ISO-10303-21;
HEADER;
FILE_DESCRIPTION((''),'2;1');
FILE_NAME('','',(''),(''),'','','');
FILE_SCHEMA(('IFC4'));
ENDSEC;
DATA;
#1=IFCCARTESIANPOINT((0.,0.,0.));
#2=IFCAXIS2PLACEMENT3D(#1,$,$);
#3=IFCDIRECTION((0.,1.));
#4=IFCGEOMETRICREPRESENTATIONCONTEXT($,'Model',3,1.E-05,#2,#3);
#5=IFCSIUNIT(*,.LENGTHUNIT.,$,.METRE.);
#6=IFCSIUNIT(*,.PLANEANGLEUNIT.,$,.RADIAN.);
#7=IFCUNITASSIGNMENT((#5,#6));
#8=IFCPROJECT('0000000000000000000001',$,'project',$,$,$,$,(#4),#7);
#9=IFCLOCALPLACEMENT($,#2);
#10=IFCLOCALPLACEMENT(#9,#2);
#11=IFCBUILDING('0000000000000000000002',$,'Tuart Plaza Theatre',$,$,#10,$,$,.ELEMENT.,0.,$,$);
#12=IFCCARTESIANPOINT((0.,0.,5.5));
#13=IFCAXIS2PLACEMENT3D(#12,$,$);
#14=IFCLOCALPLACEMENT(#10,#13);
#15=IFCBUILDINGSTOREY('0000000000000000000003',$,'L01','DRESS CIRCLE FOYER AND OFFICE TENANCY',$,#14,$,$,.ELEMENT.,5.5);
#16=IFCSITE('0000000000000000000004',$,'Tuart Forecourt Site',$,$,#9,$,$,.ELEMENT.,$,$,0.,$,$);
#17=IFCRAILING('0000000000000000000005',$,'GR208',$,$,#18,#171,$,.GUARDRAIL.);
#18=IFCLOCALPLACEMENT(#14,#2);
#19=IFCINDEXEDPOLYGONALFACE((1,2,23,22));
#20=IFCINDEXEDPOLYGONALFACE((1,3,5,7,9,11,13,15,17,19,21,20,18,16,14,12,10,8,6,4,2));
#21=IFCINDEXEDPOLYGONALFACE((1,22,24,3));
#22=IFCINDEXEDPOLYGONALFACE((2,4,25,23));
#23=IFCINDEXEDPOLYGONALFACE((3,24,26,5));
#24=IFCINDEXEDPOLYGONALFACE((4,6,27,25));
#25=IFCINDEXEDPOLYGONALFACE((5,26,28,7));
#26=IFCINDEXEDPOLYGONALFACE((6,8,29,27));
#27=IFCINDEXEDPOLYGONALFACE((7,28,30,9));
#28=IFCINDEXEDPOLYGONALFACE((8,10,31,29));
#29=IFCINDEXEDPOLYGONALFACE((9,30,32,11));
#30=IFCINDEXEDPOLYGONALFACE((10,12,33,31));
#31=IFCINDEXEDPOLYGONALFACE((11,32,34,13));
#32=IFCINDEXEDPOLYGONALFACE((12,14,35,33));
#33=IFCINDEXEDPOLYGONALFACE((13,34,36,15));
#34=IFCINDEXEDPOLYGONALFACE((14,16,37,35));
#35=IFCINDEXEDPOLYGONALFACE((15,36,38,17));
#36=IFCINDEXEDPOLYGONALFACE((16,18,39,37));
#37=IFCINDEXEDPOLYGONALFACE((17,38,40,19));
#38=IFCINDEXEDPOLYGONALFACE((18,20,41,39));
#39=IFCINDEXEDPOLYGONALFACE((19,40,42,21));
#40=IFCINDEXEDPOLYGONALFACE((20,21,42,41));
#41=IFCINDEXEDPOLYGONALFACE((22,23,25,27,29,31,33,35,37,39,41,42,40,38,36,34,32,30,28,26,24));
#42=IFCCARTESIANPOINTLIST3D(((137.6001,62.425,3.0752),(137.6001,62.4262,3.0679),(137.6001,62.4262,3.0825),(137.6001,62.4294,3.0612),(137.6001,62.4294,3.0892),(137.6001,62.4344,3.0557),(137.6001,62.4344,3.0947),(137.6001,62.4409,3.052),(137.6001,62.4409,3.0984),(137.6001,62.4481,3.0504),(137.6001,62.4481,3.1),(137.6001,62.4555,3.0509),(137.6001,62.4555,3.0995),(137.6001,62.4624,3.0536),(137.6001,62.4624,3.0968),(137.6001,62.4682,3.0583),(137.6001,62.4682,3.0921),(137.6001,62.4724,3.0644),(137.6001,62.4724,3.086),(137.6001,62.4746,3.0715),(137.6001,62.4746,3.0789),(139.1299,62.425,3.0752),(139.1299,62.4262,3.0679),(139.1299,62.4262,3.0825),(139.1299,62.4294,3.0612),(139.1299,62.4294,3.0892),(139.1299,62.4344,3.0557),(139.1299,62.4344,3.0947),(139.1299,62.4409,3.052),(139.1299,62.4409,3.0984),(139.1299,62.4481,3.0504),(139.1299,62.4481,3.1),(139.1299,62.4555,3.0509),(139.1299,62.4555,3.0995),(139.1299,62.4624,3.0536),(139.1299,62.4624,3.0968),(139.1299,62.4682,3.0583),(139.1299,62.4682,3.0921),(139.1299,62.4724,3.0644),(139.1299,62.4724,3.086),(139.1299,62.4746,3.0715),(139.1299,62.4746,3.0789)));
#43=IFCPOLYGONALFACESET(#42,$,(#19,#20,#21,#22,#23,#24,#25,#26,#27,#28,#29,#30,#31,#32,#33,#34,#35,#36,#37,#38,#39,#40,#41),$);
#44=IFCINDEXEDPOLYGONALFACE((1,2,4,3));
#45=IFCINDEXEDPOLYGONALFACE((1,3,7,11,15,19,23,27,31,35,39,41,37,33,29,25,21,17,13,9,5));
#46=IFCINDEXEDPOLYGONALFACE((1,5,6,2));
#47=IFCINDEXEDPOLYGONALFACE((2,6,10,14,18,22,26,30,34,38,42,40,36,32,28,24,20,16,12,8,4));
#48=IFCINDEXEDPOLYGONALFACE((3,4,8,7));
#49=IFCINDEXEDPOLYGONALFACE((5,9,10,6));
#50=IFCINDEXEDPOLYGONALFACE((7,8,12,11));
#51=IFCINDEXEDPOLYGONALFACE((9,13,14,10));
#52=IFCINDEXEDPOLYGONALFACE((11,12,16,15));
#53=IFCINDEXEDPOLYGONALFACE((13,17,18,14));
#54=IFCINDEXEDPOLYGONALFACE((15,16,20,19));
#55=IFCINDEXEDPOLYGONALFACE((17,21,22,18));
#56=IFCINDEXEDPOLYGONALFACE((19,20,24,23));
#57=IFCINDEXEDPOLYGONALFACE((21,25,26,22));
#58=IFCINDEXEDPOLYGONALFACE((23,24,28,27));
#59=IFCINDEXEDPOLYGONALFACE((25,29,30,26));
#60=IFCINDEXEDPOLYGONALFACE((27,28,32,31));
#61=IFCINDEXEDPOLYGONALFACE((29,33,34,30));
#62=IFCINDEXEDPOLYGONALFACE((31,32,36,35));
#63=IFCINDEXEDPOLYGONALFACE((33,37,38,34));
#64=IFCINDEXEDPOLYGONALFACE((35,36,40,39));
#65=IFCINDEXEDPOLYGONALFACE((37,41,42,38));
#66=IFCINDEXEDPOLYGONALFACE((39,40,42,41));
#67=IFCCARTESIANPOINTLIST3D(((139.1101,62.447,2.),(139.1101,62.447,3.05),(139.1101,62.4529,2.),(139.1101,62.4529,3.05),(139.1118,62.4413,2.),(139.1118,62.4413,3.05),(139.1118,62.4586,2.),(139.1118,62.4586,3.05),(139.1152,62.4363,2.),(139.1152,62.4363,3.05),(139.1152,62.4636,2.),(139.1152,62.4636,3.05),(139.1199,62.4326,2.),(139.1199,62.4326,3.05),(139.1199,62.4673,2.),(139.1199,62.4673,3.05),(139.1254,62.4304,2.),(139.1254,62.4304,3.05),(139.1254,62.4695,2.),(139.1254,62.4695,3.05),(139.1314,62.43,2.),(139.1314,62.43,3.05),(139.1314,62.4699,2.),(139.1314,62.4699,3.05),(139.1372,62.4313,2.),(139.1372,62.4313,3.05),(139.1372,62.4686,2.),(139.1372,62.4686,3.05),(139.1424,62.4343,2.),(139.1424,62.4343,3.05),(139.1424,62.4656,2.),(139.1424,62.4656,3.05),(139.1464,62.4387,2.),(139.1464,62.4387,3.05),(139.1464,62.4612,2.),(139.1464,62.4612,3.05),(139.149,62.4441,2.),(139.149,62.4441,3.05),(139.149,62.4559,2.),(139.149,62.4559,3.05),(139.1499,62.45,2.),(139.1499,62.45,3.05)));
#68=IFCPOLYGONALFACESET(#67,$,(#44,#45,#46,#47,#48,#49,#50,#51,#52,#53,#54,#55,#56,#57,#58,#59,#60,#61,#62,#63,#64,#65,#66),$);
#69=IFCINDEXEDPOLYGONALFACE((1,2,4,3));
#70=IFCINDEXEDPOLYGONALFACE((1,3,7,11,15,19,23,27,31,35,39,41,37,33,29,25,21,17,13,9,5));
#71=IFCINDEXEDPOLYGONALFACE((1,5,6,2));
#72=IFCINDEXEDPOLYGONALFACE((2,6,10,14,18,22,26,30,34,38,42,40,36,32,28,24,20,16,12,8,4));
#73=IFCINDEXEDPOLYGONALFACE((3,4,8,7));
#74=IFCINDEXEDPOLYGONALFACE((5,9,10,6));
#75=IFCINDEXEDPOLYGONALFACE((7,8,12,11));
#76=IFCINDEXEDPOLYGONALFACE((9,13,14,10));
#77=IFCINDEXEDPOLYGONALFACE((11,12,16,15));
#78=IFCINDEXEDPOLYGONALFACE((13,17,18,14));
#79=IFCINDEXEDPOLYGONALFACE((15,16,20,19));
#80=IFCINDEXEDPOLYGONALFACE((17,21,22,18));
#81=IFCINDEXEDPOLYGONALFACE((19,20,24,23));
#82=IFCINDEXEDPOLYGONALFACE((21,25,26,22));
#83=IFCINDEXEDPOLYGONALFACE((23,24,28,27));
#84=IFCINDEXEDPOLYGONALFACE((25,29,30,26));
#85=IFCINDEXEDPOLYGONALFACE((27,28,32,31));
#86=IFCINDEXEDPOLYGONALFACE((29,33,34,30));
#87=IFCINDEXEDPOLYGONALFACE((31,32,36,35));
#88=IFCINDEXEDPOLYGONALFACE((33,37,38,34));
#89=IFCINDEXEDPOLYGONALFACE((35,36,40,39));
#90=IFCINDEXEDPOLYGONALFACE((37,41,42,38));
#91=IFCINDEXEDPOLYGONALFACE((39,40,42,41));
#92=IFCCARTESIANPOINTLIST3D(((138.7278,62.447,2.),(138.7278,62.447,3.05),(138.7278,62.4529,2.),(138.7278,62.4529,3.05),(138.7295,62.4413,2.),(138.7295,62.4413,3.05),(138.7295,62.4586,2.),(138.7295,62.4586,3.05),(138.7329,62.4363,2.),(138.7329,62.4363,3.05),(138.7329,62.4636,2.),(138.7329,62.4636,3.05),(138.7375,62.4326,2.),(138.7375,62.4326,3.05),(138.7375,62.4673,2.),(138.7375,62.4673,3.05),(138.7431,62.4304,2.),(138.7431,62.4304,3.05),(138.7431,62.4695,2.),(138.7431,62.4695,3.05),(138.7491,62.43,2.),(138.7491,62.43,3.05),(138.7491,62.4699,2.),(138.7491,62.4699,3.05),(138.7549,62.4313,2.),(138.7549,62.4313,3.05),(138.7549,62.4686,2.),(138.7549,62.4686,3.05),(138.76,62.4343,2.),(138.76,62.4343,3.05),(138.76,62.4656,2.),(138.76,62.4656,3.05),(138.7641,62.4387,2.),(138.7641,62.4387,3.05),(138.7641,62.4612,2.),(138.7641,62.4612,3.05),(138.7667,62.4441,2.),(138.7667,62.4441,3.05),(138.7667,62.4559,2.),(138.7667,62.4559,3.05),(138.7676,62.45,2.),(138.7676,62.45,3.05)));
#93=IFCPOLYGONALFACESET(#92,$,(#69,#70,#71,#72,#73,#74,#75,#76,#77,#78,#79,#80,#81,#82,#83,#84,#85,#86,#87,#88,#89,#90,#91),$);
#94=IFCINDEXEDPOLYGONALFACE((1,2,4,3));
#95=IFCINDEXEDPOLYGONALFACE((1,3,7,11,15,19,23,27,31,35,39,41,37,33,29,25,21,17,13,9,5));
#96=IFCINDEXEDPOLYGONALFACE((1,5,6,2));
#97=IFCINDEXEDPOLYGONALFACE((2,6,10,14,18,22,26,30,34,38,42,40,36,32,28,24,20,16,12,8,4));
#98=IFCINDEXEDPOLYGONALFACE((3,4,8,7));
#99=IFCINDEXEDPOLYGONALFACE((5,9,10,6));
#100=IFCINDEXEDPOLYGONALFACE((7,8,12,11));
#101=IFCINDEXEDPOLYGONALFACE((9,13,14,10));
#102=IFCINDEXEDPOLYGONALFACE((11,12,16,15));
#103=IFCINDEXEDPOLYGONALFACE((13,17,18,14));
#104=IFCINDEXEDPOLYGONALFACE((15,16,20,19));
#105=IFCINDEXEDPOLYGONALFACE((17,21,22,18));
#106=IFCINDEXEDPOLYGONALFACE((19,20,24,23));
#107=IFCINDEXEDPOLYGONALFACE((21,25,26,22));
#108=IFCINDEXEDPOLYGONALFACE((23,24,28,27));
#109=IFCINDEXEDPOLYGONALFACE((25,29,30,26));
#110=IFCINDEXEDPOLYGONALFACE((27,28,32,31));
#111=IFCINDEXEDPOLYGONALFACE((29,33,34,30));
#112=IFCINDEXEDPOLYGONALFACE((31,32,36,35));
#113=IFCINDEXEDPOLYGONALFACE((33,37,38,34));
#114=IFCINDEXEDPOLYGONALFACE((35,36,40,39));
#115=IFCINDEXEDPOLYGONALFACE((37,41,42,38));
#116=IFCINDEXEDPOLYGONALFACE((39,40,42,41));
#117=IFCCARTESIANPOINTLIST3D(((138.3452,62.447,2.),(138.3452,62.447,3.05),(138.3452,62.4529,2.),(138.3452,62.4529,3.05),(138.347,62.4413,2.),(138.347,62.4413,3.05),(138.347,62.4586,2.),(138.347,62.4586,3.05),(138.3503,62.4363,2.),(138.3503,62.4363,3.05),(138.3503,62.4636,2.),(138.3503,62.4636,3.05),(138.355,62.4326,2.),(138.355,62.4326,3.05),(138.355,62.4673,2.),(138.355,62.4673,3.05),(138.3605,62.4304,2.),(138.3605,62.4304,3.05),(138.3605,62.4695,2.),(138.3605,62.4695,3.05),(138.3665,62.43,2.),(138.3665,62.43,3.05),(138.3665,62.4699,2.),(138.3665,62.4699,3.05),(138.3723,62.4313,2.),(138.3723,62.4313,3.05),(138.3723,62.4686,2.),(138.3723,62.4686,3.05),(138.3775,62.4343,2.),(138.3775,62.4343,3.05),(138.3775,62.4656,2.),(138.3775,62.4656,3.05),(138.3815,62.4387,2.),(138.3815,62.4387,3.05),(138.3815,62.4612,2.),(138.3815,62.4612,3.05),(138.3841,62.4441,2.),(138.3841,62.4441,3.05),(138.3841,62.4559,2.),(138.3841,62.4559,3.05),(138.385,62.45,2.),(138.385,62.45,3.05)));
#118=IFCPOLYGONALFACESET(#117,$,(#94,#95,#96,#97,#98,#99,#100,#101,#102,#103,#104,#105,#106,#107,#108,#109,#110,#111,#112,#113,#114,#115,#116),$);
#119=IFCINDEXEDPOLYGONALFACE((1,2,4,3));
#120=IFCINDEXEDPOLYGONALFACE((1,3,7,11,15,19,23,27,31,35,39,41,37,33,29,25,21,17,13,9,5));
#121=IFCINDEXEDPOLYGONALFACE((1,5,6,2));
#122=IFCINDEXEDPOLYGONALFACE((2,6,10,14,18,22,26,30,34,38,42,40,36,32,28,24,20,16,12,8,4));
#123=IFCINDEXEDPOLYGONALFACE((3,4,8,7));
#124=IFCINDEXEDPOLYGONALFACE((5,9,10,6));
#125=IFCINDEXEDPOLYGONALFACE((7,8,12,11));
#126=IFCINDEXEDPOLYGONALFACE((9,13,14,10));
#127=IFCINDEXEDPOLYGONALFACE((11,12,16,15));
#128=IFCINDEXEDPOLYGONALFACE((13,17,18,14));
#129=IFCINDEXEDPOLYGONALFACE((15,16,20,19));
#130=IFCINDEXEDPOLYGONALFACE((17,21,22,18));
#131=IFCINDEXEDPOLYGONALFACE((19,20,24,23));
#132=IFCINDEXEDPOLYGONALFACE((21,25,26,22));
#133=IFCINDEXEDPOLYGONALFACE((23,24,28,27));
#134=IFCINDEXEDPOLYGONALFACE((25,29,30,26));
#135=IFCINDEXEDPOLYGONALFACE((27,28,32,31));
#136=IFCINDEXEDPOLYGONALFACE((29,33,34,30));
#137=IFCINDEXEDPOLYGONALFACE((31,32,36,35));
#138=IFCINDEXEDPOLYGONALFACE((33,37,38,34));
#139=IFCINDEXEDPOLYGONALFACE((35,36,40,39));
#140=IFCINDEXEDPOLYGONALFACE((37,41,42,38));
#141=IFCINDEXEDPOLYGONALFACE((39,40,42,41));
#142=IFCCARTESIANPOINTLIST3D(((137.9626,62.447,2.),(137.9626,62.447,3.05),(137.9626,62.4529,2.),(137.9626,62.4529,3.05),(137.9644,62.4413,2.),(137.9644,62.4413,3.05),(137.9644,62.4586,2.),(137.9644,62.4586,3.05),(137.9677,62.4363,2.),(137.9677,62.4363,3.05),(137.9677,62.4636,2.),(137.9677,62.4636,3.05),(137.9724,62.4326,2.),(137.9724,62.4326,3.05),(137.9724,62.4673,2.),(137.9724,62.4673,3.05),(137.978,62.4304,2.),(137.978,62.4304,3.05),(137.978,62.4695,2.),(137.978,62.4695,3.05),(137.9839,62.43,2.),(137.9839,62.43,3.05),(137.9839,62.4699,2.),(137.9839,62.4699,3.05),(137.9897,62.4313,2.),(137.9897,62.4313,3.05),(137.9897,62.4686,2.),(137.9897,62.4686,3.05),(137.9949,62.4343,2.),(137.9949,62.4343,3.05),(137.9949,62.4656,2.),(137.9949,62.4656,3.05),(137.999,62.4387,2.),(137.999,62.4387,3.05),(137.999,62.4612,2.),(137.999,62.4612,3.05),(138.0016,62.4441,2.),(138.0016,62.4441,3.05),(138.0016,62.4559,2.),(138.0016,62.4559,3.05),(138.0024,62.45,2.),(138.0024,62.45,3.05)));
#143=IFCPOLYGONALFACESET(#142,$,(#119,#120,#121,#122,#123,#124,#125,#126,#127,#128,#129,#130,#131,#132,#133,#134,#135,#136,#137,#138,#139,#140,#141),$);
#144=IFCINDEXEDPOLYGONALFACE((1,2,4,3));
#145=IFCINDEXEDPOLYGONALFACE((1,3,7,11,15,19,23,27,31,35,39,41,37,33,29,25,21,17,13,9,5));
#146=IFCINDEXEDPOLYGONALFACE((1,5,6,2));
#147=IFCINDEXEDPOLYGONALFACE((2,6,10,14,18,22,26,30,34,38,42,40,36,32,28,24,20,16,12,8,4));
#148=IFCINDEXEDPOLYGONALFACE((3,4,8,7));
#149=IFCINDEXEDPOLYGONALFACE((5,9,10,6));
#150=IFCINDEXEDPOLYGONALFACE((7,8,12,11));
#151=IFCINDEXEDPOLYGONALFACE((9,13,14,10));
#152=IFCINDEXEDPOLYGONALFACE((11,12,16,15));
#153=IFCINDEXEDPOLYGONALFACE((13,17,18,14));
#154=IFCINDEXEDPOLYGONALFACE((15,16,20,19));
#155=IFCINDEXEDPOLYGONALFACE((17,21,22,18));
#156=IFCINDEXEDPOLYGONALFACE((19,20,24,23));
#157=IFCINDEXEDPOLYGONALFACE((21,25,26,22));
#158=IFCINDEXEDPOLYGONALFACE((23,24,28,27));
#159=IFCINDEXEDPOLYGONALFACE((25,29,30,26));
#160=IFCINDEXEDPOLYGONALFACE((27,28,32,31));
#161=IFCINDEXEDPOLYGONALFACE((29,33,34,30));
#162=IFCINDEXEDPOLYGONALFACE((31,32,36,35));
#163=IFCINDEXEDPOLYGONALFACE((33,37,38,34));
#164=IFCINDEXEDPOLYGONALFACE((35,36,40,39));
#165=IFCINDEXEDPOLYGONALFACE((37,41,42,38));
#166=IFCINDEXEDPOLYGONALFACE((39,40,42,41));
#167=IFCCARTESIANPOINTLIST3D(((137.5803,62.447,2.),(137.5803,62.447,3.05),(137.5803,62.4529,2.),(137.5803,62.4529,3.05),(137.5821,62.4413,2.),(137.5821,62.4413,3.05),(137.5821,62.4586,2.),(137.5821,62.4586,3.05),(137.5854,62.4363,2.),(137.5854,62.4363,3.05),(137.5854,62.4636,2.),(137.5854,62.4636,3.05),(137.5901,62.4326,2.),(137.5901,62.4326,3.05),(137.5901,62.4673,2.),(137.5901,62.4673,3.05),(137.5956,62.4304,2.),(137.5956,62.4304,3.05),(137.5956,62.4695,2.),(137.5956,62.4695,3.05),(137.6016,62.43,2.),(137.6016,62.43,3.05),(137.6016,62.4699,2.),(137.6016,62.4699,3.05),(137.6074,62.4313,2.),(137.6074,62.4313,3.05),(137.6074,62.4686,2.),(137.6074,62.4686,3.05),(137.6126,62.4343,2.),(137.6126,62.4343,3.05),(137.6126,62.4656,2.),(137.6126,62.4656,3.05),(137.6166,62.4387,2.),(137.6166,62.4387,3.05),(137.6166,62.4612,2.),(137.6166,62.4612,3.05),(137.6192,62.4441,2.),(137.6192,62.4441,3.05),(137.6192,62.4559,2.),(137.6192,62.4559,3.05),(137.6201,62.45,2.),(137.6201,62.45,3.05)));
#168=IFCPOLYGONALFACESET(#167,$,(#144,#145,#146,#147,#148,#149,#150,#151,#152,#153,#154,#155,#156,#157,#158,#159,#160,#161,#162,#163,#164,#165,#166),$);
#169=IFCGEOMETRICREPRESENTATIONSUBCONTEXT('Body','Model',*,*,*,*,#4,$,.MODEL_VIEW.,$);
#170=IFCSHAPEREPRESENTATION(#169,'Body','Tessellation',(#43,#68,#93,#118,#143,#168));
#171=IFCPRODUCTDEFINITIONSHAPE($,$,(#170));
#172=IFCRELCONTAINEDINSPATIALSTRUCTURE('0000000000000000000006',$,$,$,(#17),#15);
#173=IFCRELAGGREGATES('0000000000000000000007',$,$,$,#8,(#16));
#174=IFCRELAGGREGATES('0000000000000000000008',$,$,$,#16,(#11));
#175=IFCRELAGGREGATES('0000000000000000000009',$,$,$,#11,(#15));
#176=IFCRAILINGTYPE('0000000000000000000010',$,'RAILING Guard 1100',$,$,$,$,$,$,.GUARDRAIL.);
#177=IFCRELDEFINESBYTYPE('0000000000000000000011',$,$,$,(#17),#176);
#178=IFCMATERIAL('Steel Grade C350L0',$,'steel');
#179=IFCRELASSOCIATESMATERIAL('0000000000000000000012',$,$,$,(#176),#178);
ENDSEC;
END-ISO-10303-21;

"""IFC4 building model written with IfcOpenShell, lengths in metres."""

from ifc_helpers import new_model, si_unit, direction, frame, origin, origin_2d, place, context, subcontext, project, spatial, circle, extrude, material, type_object, element, save


model = new_model("IFC4")

# Units and contexts
model_context = context("Model", 3, precision=1e-05, world=origin(), true_north=direction((0.0, 1.0)))
body_context = subcontext(model_context, "Body", "Model", "MODEL_VIEW")
ifc_project = project(units=[si_unit("LENGTHUNIT", "METRE"), si_unit("PLANEANGLEUNIT", "RADIAN")], contexts=[model_context])

# Site, building, storey
site_placement = place(None, origin())
site = spatial("IfcSite", under=ifc_project, at=site_placement, Name="Tuart Forecourt Site", CompositionType="ELEMENT", RefElevation=0.0)
building_placement = place(site_placement, origin())
building = spatial("IfcBuilding", under=site, at=building_placement, Name="Tuart Plaza Theatre", CompositionType="ELEMENT", ElevationOfRefHeight=0.0)
storey_placement = place(building_placement, frame((0.0, 0.0, 5.5)))
storey = spatial("IfcBuildingStorey", under=building, at=storey_placement, Name="L01", Description="DRESS CIRCLE FOYER AND OFFICE TENANCY", CompositionType="ELEMENT", Elevation=5.5)

# Railing
ifc_material_1 = material(Name="Steel Grade C350L0", Category="steel")
railing_type_1 = type_object("IfcRailingType", Name="RAILING Guard 1100", PredefinedType="GUARDRAIL", material=ifc_material_1)
railing_1_placement = place(storey_placement, frame((139.1299, 62.45, 2.0)))
element("IfcRailing", 1, at=railing_1_placement, inside=storey, type_object=railing_type_1, Name="GR208", PredefinedType="GUARDRAIL", context=body_context, shape_type="SweptSolid", body=[
    extrude(circle(Radius=0.0249, at=origin_2d()), frame((0.0, 0.0, 1.0752), z_axis=(-1.0, 0.0, 0.0), x_axis=(0.0, -1.0, 0.0)), (0.0, 0.0, 1.0), 1.5298),
    extrude(circle(Radius=0.02, at=origin_2d()), origin(), (0.0, 0.0, 1.0), 1.05),
    extrude(circle(Radius=0.02, at=origin_2d()), frame((-0.3823, 0.0, 0.0)), (0.0, 0.0, 1.0), 1.05),
    extrude(circle(Radius=0.02, at=origin_2d()), frame((-0.7649, 0.0, 0.0)), (0.0, 0.0, 1.0), 1.05),
    extrude(circle(Radius=0.02, at=origin_2d()), frame((-1.1475, 0.0, 0.0)), (0.0, 0.0, 1.0), 1.05),
    extrude(circle(Radius=0.02, at=origin_2d()), frame((-1.5298, 0.0, 0.0)), (0.0, 0.0, 1.0), 1.05),
])

save(model, "model.ifc")
